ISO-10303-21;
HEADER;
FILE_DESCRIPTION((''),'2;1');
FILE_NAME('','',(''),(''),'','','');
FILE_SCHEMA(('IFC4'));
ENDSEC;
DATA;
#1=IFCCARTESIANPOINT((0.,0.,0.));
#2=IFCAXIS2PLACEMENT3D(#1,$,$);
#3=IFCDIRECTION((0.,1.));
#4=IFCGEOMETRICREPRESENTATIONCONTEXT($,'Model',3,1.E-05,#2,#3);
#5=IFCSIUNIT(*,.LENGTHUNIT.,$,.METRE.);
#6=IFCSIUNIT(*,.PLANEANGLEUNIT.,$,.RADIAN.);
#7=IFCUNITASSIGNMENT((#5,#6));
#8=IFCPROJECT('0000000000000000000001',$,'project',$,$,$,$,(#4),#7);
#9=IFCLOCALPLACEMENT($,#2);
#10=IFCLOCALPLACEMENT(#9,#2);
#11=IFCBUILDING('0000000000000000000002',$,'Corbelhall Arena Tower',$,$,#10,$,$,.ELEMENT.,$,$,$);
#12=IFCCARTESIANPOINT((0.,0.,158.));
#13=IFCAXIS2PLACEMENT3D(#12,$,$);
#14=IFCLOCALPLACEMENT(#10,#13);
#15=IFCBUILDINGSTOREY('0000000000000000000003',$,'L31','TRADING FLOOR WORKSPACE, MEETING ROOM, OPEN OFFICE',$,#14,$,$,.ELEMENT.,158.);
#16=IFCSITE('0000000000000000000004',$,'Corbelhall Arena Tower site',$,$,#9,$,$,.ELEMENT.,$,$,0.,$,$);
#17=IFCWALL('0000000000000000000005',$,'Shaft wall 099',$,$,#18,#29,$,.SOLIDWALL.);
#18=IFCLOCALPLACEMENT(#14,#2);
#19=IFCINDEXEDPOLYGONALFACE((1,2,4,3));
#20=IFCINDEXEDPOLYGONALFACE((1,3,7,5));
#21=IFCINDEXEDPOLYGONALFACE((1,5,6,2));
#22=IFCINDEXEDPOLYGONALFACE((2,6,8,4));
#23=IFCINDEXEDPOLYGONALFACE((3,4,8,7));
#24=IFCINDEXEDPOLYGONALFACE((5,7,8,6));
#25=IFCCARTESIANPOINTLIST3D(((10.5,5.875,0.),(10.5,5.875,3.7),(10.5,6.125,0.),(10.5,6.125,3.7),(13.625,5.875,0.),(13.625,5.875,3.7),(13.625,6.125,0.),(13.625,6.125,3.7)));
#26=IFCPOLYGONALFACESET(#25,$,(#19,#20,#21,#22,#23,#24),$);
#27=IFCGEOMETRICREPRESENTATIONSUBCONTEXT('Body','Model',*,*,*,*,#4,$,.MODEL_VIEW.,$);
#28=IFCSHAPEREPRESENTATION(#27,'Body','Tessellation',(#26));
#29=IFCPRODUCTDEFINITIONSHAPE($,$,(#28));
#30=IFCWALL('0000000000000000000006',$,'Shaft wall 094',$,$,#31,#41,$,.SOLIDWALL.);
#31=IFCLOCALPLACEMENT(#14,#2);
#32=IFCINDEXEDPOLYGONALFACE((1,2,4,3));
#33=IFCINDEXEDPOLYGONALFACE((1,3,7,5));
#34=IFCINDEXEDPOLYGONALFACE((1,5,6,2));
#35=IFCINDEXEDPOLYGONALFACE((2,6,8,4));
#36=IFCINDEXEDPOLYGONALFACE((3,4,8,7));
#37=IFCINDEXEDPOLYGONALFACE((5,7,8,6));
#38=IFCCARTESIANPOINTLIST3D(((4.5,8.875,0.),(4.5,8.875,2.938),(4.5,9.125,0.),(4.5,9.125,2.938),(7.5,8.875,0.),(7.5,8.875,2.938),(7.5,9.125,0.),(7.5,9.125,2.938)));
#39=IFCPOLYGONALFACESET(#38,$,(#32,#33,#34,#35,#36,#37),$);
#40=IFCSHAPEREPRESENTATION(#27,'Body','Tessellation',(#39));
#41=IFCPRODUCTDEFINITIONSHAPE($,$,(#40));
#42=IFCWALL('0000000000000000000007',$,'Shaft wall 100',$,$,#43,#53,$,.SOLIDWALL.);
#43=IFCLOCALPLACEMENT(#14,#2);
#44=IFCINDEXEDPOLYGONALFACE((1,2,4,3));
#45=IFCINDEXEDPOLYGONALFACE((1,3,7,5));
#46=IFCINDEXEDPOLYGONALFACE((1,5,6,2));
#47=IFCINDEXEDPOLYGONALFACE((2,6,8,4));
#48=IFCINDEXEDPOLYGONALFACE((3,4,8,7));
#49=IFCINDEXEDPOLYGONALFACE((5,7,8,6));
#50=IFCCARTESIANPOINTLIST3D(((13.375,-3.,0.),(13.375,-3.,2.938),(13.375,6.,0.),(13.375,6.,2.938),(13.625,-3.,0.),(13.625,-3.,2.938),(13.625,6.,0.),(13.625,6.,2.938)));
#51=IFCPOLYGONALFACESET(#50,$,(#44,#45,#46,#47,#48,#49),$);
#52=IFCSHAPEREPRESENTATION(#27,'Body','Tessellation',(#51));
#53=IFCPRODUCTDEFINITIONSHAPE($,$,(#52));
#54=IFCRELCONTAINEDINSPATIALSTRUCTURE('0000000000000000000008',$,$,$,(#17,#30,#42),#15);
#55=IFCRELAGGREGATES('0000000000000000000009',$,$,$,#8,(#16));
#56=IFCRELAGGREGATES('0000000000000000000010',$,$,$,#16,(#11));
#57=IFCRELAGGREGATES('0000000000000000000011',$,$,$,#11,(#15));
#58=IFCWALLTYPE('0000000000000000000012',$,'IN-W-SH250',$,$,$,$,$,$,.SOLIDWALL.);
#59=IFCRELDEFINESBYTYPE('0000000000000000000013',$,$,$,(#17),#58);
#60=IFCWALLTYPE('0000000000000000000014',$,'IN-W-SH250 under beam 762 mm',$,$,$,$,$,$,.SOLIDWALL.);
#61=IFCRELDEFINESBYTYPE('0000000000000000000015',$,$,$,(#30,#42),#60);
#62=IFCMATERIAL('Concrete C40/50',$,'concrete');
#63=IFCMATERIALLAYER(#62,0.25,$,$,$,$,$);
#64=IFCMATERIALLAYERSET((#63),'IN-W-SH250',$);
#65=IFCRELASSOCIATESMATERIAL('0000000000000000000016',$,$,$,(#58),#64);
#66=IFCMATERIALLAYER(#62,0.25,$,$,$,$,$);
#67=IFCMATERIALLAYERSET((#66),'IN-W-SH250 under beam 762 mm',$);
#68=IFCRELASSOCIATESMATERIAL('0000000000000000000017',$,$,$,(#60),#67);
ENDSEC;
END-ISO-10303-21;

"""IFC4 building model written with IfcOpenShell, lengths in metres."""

from ifc_helpers import new_model, si_unit, direction, frame, frame_2d, origin, place, context, subcontext, project, spatial, rectangle, extrude, material, layer, layer_set, type_object, element, save


model = new_model("IFC4")

# Units and contexts
model_context = context("Model", 3, precision=1e-05, world=origin(), true_north=direction((0.0, 1.0)))
body_context = subcontext(model_context, "Body", "Model", "MODEL_VIEW")
ifc_project = project(units=[si_unit("LENGTHUNIT", "METRE"), si_unit("PLANEANGLEUNIT", "RADIAN")], contexts=[model_context])

# Site, building, storey
site_placement = place(None, origin())
site = spatial("IfcSite", under=ifc_project, at=site_placement, Name="Corbelhall Arena Tower site", CompositionType="ELEMENT", RefElevation=0.0)
building_placement = place(site_placement, origin())
building = spatial("IfcBuilding", under=site, at=building_placement, Name="Corbelhall Arena Tower", CompositionType="ELEMENT")
storey_placement = place(building_placement, frame((0.0, 0.0, 158.0)))
storey = spatial("IfcBuildingStorey", under=building, at=storey_placement, Name="L31", Description="TRADING FLOOR WORKSPACE, MEETING ROOM, OPEN OFFICE", CompositionType="ELEMENT", Elevation=158.0)

# Shared definitions
ifc_material_1 = material(Name="Concrete C40/50", Category="concrete")
ifc_layer_1 = layer(ifc_material_1, 0.25)
ifc_layer_set_1 = layer_set([ifc_layer_1], Name="IN-W-SH250")
wall_type_1 = type_object("IfcWallType", Name="IN-W-SH250", PredefinedType="SOLIDWALL", material=ifc_layer_set_1)

# Walls
wall_1_placement = place(storey_placement, frame((10.5, 6.0, 0.0), z_axis=(0.0, 0.0, 1.0), x_axis=(1.0, 0.0, 0.0)))
element("IfcWall", 1, at=wall_1_placement, inside=storey, type_object=wall_type_1, Name="Shaft wall 099", PredefinedType="SOLIDWALL", context=body_context, shape_type="SweptSolid", body=[
    extrude(rectangle(XDim=3.125, YDim=0.25, at=frame_2d((1.5625, 0.0))), origin(), (0.0, 0.0, 1.0), 3.7),
])
ifc_layer_2 = layer(ifc_material_1, 0.25)
ifc_layer_set_2 = layer_set([ifc_layer_2], Name="IN-W-SH250 under beam 762 mm")
wall_type_2 = type_object("IfcWallType", Name="IN-W-SH250 under beam 762 mm", PredefinedType="SOLIDWALL", material=ifc_layer_set_2)
wall_2_placement = place(storey_placement, frame((4.5, 9.0, 0.0), z_axis=(0.0, 0.0, 1.0), x_axis=(1.0, 0.0, 0.0)))
element("IfcWall", 2, at=wall_2_placement, inside=storey, type_object=wall_type_2, Name="Shaft wall 094", PredefinedType="SOLIDWALL", context=body_context, shape_type="SweptSolid", body=[
    extrude(rectangle(XDim=3.0, YDim=0.25, at=frame_2d((1.5, 0.0))), origin(), (0.0, 0.0, 1.0), 2.938),
])
wall_3_placement = place(storey_placement, frame((13.5, 6.0, 0.0), z_axis=(0.0, 0.0, 1.0), x_axis=(0.0, -1.0, 0.0)))
element("IfcWall", 3, at=wall_3_placement, inside=storey, type_object=wall_type_2, Name="Shaft wall 100", PredefinedType="SOLIDWALL", context=body_context, shape_type="SweptSolid", body=[
    extrude(rectangle(XDim=9.0, YDim=0.25, at=frame_2d((4.5, 0.0))), origin(), (0.0, 0.0, 1.0), 2.938),
])

save(model, "model.ifc")
